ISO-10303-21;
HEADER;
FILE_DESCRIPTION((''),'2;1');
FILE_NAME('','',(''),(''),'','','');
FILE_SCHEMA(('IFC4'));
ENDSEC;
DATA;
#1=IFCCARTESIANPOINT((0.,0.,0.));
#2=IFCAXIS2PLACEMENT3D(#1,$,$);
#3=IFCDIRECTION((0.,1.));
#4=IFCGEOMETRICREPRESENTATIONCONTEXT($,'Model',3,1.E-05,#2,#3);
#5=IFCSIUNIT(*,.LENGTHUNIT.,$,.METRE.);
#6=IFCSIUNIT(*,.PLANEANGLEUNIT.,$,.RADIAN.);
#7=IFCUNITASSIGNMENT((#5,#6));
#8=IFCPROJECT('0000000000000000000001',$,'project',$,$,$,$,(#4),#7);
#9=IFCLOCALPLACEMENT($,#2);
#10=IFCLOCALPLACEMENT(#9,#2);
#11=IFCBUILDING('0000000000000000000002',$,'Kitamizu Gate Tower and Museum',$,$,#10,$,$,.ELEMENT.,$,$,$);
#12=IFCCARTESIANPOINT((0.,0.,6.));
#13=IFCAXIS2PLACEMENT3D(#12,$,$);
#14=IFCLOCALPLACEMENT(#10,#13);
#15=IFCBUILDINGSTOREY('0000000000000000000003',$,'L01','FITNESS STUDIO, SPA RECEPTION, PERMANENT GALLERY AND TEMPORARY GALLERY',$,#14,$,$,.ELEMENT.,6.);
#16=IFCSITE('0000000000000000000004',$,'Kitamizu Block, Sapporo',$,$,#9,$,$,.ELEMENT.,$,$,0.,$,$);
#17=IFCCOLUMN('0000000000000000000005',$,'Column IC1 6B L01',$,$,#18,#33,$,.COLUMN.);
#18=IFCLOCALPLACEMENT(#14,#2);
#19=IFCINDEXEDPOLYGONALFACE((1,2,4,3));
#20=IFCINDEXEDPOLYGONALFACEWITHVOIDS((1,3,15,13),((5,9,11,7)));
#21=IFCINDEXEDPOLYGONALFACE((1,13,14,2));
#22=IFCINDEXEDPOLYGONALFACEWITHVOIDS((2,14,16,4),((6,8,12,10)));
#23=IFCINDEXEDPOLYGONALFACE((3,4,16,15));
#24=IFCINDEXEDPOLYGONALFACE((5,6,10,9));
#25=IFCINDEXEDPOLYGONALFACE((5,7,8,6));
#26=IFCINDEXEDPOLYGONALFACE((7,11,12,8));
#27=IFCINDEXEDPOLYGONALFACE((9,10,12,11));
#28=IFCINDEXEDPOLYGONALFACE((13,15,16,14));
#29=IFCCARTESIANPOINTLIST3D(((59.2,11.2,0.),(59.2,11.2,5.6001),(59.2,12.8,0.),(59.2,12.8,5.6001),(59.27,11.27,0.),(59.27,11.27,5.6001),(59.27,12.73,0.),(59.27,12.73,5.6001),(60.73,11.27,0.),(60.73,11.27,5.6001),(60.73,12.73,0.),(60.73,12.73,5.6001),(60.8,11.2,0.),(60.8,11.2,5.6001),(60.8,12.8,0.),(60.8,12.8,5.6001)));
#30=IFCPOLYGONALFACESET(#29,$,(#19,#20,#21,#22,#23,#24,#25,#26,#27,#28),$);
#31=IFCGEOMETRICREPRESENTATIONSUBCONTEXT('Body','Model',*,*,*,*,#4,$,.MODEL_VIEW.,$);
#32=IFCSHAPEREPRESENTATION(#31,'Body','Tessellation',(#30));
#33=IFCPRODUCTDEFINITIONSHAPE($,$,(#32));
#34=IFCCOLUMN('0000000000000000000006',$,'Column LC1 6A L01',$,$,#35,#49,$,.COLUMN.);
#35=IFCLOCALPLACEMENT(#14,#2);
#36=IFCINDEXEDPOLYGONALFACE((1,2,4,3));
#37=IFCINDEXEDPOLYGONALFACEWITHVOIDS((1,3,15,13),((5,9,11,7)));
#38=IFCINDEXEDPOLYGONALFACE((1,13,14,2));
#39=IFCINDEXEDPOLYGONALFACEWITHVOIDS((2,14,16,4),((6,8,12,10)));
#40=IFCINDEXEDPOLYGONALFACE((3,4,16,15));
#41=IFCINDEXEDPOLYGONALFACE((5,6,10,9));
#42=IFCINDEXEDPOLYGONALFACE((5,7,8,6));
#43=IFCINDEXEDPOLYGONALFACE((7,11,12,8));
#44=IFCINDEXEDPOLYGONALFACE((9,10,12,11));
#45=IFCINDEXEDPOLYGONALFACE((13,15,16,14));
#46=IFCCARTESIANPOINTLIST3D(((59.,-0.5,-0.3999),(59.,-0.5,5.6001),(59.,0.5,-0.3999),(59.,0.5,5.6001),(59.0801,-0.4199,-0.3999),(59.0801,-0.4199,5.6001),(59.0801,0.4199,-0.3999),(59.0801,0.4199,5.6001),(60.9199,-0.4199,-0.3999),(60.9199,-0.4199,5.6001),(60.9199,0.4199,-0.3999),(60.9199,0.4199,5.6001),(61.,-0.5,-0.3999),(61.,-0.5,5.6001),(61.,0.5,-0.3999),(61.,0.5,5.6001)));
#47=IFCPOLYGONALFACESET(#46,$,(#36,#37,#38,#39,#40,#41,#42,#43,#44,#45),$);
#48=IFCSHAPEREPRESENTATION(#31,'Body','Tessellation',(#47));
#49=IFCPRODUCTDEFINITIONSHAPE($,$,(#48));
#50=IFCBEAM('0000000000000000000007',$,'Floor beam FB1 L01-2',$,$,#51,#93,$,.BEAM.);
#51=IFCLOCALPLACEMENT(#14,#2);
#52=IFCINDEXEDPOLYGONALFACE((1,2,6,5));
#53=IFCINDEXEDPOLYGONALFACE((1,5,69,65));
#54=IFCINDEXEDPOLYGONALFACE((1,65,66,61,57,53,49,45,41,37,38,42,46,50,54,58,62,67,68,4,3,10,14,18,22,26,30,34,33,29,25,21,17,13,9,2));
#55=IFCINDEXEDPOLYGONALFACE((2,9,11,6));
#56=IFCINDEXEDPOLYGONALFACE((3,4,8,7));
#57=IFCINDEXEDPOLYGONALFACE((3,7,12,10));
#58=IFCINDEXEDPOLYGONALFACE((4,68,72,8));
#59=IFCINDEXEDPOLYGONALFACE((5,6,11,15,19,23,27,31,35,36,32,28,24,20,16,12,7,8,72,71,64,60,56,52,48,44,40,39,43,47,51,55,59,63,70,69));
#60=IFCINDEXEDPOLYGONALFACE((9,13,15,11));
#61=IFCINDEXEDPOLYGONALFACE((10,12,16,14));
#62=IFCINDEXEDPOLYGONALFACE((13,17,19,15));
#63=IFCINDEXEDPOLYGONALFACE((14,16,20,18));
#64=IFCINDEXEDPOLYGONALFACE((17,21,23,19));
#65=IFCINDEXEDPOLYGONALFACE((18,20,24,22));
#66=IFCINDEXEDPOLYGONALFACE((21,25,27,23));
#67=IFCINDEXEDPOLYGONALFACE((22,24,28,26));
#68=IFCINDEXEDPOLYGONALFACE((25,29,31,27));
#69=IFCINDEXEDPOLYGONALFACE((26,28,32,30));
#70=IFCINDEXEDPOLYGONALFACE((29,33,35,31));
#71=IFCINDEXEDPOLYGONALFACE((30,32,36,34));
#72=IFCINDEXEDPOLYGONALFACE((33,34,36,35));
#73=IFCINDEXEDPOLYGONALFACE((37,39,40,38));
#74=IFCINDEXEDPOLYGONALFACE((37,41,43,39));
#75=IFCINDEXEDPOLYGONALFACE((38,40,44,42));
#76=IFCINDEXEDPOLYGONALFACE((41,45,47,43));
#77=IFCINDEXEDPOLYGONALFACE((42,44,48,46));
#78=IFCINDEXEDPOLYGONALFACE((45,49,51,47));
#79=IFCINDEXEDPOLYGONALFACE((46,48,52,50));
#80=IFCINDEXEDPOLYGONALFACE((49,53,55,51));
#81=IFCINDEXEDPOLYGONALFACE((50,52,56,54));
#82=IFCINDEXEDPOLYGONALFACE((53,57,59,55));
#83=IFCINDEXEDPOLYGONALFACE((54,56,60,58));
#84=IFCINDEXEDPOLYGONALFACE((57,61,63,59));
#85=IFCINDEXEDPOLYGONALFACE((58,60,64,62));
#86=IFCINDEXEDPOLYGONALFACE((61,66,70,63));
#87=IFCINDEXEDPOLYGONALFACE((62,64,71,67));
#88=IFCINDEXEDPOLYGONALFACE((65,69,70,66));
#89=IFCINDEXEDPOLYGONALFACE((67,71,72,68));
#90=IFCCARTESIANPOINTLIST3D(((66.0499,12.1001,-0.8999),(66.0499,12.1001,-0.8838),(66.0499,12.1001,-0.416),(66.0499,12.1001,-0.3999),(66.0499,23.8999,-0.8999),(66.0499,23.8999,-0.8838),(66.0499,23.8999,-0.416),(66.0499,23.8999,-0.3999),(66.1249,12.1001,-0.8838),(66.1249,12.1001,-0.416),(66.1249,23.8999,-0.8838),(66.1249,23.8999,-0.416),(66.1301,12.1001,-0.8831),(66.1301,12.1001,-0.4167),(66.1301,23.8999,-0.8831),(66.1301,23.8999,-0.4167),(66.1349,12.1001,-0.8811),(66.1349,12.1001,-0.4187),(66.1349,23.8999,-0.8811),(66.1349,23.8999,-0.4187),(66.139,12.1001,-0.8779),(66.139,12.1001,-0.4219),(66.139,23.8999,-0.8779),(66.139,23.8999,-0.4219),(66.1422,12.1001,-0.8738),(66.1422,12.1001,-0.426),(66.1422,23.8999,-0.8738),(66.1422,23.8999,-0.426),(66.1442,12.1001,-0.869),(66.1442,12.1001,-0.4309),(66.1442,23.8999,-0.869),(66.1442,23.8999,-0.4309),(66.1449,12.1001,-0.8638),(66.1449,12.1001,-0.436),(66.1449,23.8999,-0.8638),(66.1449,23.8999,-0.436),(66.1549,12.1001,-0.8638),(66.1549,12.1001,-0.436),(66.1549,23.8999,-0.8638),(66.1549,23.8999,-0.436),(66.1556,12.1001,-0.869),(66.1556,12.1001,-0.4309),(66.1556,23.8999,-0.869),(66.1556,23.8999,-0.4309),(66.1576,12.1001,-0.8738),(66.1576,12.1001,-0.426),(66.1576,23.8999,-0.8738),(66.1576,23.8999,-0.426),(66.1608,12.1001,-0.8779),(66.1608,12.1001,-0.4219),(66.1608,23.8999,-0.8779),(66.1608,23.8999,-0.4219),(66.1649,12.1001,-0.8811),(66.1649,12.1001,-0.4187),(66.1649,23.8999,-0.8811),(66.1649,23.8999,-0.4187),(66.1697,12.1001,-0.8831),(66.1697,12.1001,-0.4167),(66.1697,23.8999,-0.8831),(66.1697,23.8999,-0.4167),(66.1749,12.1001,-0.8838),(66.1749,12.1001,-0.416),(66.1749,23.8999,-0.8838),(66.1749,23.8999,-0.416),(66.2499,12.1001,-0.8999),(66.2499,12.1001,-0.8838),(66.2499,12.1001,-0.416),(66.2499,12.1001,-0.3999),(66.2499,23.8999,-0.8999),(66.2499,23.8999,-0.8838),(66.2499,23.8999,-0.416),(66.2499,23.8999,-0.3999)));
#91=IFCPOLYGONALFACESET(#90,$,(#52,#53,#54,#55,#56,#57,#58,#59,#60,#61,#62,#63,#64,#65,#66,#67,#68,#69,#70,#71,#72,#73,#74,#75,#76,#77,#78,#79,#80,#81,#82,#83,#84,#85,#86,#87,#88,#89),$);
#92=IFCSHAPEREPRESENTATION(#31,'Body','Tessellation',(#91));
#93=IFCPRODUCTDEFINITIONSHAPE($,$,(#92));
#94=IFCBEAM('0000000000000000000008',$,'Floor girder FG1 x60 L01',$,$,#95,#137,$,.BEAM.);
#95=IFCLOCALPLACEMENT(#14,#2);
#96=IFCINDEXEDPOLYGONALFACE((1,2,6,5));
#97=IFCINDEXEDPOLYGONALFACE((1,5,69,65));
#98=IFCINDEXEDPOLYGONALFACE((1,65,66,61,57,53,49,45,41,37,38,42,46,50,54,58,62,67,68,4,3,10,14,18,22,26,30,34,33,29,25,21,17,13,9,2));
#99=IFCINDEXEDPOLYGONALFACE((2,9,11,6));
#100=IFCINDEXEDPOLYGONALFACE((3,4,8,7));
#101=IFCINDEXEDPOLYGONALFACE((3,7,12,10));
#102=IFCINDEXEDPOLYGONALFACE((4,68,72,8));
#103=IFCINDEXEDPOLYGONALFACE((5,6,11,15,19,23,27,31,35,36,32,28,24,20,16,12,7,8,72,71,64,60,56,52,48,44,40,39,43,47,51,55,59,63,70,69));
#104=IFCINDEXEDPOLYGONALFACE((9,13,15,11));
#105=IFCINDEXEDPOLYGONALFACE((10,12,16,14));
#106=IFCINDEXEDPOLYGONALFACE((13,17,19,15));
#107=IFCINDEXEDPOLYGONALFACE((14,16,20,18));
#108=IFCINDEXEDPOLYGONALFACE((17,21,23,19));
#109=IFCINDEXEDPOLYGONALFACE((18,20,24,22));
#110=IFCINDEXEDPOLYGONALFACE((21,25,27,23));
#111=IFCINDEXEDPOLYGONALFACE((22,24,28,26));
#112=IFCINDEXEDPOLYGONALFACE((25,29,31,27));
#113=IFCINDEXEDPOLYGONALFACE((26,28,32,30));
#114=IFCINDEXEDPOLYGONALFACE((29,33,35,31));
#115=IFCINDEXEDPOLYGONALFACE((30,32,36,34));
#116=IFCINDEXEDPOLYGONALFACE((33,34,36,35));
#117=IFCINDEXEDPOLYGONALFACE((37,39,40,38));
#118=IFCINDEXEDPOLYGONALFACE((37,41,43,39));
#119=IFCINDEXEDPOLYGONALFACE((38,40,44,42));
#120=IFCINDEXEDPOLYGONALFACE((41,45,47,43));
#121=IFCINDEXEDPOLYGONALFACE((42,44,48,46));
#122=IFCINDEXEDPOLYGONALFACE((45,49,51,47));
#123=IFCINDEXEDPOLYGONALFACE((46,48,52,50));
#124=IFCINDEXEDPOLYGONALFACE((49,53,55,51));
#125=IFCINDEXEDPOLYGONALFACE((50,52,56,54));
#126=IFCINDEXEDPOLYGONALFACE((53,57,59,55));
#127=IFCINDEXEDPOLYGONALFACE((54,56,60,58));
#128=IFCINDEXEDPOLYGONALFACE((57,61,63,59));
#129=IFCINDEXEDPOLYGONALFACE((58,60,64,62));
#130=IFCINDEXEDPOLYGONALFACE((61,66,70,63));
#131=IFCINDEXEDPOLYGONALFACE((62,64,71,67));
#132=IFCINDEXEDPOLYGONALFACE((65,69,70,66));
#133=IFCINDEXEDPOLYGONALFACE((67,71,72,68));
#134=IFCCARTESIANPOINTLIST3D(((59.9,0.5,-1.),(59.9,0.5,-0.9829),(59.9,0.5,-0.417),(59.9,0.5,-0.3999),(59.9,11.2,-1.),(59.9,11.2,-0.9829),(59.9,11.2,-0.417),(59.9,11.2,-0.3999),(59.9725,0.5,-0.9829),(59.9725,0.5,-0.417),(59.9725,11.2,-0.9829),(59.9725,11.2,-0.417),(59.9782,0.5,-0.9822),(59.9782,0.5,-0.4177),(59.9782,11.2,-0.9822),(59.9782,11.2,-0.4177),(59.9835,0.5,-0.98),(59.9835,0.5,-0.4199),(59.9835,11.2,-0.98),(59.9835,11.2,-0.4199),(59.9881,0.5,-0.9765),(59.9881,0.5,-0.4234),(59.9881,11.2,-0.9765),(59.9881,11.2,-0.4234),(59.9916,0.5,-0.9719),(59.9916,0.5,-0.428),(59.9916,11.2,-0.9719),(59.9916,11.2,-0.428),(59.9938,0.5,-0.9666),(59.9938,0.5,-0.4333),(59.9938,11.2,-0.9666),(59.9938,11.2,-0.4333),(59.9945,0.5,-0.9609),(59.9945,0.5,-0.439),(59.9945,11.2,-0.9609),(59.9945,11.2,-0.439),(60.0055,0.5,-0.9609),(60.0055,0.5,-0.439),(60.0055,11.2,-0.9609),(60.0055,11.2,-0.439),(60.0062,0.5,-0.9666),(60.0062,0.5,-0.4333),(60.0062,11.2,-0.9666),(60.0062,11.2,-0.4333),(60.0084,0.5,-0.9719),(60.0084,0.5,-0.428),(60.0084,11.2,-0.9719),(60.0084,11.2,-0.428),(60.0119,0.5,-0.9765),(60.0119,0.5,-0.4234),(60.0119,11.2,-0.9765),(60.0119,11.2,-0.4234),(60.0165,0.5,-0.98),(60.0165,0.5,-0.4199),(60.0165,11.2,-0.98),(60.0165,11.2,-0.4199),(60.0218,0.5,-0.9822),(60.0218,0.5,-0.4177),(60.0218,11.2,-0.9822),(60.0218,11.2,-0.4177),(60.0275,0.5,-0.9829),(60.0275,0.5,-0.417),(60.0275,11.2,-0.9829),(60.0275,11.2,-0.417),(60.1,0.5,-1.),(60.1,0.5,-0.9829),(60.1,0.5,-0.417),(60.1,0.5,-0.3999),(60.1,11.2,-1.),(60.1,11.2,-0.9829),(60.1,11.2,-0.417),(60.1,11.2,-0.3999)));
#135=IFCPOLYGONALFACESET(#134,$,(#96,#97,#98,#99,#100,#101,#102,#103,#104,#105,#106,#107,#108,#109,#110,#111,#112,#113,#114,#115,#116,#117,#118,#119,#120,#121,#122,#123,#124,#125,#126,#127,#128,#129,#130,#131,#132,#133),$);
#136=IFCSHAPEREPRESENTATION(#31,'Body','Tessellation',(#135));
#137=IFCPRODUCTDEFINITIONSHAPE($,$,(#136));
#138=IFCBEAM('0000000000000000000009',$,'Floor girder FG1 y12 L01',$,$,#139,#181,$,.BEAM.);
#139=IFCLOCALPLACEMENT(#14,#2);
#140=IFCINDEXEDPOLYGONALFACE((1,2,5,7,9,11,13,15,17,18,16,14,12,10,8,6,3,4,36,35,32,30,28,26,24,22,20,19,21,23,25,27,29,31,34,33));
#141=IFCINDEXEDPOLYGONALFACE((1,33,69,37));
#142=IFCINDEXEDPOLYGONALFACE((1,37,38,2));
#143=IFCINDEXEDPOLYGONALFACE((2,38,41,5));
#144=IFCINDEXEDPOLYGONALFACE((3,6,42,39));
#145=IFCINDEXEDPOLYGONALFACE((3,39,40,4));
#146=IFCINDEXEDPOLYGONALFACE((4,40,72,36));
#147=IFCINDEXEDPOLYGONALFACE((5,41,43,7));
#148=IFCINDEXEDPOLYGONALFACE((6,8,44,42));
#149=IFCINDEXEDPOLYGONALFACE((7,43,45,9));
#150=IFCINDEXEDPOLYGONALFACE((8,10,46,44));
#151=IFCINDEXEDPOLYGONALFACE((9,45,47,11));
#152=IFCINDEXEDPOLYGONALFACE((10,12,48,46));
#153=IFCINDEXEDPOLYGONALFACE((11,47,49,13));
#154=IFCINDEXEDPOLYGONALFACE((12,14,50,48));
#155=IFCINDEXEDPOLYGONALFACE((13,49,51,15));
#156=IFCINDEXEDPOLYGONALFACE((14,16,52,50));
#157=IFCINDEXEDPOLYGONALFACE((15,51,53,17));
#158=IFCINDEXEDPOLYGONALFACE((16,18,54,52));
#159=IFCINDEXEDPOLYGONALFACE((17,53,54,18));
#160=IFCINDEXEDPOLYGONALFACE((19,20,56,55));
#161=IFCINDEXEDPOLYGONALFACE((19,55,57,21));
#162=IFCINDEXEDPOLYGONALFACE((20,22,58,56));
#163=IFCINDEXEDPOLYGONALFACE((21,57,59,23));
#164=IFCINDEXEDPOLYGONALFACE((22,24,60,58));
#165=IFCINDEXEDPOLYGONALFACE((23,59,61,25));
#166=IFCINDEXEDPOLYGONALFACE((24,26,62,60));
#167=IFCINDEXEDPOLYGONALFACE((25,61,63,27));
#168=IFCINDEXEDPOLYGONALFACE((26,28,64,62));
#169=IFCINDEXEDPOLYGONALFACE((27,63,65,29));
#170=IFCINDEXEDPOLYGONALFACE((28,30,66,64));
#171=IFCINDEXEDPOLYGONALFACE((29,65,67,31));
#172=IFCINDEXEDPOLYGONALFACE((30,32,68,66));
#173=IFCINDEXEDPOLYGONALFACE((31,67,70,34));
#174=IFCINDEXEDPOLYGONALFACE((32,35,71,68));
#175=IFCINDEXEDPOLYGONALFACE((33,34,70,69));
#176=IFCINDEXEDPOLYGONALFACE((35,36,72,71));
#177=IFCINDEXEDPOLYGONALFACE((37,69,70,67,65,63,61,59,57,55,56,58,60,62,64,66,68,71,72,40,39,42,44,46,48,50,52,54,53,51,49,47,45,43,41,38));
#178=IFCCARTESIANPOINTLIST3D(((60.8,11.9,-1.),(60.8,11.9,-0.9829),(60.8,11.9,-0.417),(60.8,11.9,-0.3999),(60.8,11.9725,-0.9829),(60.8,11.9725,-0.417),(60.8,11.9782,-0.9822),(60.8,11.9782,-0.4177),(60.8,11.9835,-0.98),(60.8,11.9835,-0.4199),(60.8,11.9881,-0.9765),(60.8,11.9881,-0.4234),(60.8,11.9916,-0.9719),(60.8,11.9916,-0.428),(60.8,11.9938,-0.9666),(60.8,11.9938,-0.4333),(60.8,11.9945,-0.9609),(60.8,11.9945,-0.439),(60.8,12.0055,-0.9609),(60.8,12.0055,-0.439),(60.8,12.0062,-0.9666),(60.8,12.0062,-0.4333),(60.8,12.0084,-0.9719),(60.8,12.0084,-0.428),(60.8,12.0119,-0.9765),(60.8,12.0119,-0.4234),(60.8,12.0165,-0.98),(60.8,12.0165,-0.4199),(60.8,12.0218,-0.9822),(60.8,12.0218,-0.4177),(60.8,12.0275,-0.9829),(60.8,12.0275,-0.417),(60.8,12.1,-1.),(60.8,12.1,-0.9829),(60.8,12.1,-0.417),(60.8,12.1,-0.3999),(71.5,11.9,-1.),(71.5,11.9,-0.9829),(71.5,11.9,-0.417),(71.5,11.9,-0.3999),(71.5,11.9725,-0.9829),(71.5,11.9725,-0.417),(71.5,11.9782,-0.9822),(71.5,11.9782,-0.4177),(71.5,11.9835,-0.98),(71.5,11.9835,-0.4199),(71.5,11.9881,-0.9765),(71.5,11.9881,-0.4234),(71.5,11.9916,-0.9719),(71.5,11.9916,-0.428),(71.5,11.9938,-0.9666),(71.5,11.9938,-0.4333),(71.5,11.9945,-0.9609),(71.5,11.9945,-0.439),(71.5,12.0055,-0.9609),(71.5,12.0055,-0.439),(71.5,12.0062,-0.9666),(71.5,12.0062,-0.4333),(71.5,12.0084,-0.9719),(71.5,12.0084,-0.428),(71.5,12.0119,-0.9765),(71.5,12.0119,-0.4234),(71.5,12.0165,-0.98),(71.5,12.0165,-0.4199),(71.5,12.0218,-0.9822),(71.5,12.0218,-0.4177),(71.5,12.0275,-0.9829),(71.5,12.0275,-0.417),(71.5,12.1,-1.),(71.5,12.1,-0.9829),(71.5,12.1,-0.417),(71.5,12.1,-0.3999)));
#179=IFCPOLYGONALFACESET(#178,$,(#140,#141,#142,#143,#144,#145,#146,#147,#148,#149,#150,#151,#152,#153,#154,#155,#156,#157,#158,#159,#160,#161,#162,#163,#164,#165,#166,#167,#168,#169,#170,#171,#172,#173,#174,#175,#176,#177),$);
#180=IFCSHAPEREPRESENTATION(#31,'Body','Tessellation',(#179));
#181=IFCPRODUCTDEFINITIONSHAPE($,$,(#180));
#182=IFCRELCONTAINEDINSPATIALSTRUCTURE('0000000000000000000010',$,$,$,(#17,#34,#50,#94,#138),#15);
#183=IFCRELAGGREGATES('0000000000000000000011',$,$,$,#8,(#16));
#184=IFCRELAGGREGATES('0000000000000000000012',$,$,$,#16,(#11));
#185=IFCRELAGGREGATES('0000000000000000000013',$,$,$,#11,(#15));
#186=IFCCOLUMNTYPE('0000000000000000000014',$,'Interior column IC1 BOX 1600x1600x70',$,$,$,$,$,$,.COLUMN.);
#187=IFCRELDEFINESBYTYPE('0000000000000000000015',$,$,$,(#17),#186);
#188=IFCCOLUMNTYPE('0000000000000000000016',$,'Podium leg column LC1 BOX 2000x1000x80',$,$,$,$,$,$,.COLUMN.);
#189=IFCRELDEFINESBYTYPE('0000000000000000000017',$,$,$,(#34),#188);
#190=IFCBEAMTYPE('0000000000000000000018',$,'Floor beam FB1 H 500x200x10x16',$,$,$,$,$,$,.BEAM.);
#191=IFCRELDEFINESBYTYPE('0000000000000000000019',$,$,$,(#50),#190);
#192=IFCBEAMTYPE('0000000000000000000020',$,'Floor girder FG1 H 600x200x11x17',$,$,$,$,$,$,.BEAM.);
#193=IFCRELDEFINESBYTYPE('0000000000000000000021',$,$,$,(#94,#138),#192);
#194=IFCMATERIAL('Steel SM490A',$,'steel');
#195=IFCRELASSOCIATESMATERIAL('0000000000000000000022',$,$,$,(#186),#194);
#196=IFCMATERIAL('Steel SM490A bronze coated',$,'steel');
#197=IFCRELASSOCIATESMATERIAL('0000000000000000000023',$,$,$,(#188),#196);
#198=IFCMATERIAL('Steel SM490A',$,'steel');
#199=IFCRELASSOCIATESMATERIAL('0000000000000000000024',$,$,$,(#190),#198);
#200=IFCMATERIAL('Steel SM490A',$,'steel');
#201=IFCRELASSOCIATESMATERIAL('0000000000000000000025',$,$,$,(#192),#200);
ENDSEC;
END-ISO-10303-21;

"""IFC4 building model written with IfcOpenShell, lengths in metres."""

from ifc_helpers import new_model, si_unit, direction, frame, origin, origin_2d, place, context, subcontext, project, spatial, hollow_rectangle, i_section, extrude, material, material_profile, profile_set, type_object, element, save


model = new_model("IFC4")

# Units and contexts
model_context = context("Model", 3, precision=1e-05, world=origin(), true_north=direction((0.0, 1.0)))
body_context = subcontext(model_context, "Body", "Model", "MODEL_VIEW")
ifc_project = project(units=[si_unit("LENGTHUNIT", "METRE"), si_unit("PLANEANGLEUNIT", "RADIAN")], contexts=[model_context])

# Site, building, storey
site_placement = place(None, origin())
site = spatial("IfcSite", under=ifc_project, at=site_placement, Name="Kitamizu Block, Sapporo", CompositionType="ELEMENT", RefElevation=0.0)
building_placement = place(site_placement, origin())
building = spatial("IfcBuilding", under=site, at=building_placement, Name="Kitamizu Gate Tower and Museum", CompositionType="ELEMENT")
storey_placement = place(building_placement, frame((0.0, 0.0, 6.0)))
storey = spatial("IfcBuildingStorey", under=building, at=storey_placement, Name="L01", Description="FITNESS STUDIO, SPA RECEPTION, PERMANENT GALLERY AND TEMPORARY GALLERY", CompositionType="ELEMENT", Elevation=6.0)

# Columns
ifc_material_1 = material(Name="Steel SM490A", Category="steel")
ifc_material_profile_1 = material_profile(ifc_material_1, hollow_rectangle(XDim=1.6001, YDim=1.6001, WallThickness=0.0701, at=origin_2d()), Name="BOX 1600x1600x70")
ifc_profile_set_1 = profile_set([ifc_material_profile_1], Name="Steel SM490A")
column_type_1 = type_object("IfcColumnType", Name="Interior column IC1 BOX 1600x1600x70", PredefinedType="COLUMN", material=ifc_profile_set_1)
column_1_placement = place(storey_placement, frame((60.0, 12.0, 0.0), z_axis=(0.0, 0.0, 1.0), x_axis=(1.0, 0.0, 0.0)))
element("IfcColumn", 1, at=column_1_placement, inside=storey, type_object=column_type_1, Name="Column IC1 6B L01", PredefinedType="COLUMN", context=body_context, shape_type="SweptSolid", body=[
    extrude(hollow_rectangle(XDim=1.6001, YDim=1.6001, WallThickness=0.0701, at=origin_2d()), origin(), (0.0, 0.0, 1.0), 5.6001),
])
ifc_material_2 = material(Name="Steel SM490A bronze coated", Category="steel")
ifc_material_profile_2 = material_profile(ifc_material_2, hollow_rectangle(XDim=2.0, YDim=1.0, WallThickness=0.0801, at=origin_2d()), Name="BOX 2000x1000x80")
ifc_profile_set_2 = profile_set([ifc_material_profile_2], Name="Steel SM490A bronze coated")
column_type_2 = type_object("IfcColumnType", Name="Podium leg column LC1 BOX 2000x1000x80", PredefinedType="COLUMN", material=ifc_profile_set_2)
column_2_placement = place(storey_placement, frame((60.0, 0.0, -0.3999), z_axis=(0.0, 0.0, 1.0), x_axis=(1.0, 0.0, 0.0)))
element("IfcColumn", 2, at=column_2_placement, inside=storey, type_object=column_type_2, Name="Column LC1 6A L01", PredefinedType="COLUMN", context=body_context, shape_type="SweptSolid", body=[
    extrude(hollow_rectangle(XDim=2.0, YDim=1.0, WallThickness=0.0801, at=origin_2d()), origin(), (0.0, 0.0, 1.0), 6.0),
])

# Beams
ifc_material_3 = material(Name="Steel SM490A", Category="steel")
ifc_material_profile_3 = material_profile(ifc_material_3, i_section(OverallWidth=0.2, OverallDepth=0.5, WebThickness=0.01, FlangeThickness=0.0161, FilletRadius=0.02, at=origin_2d()), Name="H-500x200x10x16")
ifc_profile_set_3 = profile_set([ifc_material_profile_3], Name="Steel SM490A")
beam_type_1 = type_object("IfcBeamType", Name="Floor beam FB1 H 500x200x10x16", PredefinedType="BEAM", material=ifc_profile_set_3)
beam_placement = place(storey_placement, frame((66.1499, 12.1001, -0.6499), z_axis=(0.0, 1.0, 0.0), x_axis=(-1.0, 0.0, 0.0)))
element("IfcBeam", 3, at=beam_placement, inside=storey, type_object=beam_type_1, Name="Floor beam FB1 L01-2", PredefinedType="BEAM", context=body_context, shape_type="SweptSolid", body=[
    extrude(i_section(OverallWidth=0.2, OverallDepth=0.5, WebThickness=0.01, FlangeThickness=0.0161, FilletRadius=0.02, at=origin_2d()), origin(), (0.0, 0.0, 1.0), 11.7998),
])
ifc_material_4 = material(Name="Steel SM490A", Category="steel")
ifc_material_profile_4 = material_profile(ifc_material_4, i_section(OverallWidth=0.2, OverallDepth=0.6001, WebThickness=0.011, FlangeThickness=0.0171, FilletRadius=0.022, at=origin_2d()), Name="H-600x200x11x17")
ifc_profile_set_4 = profile_set([ifc_material_profile_4], Name="Steel SM490A")
beam_type_2 = type_object("IfcBeamType", Name="Floor girder FG1 H 600x200x11x17", PredefinedType="BEAM", material=ifc_profile_set_4)
for number, where, z_axis, x_axis, name in (
    (4, (60.0, 0.5, -0.7), (0.0, 1.0, 0.0), (-1.0, 0.0, 0.0), "Floor girder FG1 x60 L01"),
    (5, (60.8, 12.0, -0.7), (1.0, 0.0, 0.0), (0.0, 1.0, 0.0), "Floor girder FG1 y12 L01"),
):
    element("IfcBeam", number, at=place(storey_placement, frame(where, z_axis=z_axis, x_axis=x_axis)), inside=storey, type_object=beam_type_2, Name=name, PredefinedType="BEAM", context=body_context, shape_type="SweptSolid", body=[
        extrude(i_section(OverallWidth=0.2, OverallDepth=0.6001, WebThickness=0.011, FlangeThickness=0.0171, FilletRadius=0.022, at=origin_2d()), origin(), (0.0, 0.0, 1.0), 10.7),
    ])

save(model, "model.ifc")
